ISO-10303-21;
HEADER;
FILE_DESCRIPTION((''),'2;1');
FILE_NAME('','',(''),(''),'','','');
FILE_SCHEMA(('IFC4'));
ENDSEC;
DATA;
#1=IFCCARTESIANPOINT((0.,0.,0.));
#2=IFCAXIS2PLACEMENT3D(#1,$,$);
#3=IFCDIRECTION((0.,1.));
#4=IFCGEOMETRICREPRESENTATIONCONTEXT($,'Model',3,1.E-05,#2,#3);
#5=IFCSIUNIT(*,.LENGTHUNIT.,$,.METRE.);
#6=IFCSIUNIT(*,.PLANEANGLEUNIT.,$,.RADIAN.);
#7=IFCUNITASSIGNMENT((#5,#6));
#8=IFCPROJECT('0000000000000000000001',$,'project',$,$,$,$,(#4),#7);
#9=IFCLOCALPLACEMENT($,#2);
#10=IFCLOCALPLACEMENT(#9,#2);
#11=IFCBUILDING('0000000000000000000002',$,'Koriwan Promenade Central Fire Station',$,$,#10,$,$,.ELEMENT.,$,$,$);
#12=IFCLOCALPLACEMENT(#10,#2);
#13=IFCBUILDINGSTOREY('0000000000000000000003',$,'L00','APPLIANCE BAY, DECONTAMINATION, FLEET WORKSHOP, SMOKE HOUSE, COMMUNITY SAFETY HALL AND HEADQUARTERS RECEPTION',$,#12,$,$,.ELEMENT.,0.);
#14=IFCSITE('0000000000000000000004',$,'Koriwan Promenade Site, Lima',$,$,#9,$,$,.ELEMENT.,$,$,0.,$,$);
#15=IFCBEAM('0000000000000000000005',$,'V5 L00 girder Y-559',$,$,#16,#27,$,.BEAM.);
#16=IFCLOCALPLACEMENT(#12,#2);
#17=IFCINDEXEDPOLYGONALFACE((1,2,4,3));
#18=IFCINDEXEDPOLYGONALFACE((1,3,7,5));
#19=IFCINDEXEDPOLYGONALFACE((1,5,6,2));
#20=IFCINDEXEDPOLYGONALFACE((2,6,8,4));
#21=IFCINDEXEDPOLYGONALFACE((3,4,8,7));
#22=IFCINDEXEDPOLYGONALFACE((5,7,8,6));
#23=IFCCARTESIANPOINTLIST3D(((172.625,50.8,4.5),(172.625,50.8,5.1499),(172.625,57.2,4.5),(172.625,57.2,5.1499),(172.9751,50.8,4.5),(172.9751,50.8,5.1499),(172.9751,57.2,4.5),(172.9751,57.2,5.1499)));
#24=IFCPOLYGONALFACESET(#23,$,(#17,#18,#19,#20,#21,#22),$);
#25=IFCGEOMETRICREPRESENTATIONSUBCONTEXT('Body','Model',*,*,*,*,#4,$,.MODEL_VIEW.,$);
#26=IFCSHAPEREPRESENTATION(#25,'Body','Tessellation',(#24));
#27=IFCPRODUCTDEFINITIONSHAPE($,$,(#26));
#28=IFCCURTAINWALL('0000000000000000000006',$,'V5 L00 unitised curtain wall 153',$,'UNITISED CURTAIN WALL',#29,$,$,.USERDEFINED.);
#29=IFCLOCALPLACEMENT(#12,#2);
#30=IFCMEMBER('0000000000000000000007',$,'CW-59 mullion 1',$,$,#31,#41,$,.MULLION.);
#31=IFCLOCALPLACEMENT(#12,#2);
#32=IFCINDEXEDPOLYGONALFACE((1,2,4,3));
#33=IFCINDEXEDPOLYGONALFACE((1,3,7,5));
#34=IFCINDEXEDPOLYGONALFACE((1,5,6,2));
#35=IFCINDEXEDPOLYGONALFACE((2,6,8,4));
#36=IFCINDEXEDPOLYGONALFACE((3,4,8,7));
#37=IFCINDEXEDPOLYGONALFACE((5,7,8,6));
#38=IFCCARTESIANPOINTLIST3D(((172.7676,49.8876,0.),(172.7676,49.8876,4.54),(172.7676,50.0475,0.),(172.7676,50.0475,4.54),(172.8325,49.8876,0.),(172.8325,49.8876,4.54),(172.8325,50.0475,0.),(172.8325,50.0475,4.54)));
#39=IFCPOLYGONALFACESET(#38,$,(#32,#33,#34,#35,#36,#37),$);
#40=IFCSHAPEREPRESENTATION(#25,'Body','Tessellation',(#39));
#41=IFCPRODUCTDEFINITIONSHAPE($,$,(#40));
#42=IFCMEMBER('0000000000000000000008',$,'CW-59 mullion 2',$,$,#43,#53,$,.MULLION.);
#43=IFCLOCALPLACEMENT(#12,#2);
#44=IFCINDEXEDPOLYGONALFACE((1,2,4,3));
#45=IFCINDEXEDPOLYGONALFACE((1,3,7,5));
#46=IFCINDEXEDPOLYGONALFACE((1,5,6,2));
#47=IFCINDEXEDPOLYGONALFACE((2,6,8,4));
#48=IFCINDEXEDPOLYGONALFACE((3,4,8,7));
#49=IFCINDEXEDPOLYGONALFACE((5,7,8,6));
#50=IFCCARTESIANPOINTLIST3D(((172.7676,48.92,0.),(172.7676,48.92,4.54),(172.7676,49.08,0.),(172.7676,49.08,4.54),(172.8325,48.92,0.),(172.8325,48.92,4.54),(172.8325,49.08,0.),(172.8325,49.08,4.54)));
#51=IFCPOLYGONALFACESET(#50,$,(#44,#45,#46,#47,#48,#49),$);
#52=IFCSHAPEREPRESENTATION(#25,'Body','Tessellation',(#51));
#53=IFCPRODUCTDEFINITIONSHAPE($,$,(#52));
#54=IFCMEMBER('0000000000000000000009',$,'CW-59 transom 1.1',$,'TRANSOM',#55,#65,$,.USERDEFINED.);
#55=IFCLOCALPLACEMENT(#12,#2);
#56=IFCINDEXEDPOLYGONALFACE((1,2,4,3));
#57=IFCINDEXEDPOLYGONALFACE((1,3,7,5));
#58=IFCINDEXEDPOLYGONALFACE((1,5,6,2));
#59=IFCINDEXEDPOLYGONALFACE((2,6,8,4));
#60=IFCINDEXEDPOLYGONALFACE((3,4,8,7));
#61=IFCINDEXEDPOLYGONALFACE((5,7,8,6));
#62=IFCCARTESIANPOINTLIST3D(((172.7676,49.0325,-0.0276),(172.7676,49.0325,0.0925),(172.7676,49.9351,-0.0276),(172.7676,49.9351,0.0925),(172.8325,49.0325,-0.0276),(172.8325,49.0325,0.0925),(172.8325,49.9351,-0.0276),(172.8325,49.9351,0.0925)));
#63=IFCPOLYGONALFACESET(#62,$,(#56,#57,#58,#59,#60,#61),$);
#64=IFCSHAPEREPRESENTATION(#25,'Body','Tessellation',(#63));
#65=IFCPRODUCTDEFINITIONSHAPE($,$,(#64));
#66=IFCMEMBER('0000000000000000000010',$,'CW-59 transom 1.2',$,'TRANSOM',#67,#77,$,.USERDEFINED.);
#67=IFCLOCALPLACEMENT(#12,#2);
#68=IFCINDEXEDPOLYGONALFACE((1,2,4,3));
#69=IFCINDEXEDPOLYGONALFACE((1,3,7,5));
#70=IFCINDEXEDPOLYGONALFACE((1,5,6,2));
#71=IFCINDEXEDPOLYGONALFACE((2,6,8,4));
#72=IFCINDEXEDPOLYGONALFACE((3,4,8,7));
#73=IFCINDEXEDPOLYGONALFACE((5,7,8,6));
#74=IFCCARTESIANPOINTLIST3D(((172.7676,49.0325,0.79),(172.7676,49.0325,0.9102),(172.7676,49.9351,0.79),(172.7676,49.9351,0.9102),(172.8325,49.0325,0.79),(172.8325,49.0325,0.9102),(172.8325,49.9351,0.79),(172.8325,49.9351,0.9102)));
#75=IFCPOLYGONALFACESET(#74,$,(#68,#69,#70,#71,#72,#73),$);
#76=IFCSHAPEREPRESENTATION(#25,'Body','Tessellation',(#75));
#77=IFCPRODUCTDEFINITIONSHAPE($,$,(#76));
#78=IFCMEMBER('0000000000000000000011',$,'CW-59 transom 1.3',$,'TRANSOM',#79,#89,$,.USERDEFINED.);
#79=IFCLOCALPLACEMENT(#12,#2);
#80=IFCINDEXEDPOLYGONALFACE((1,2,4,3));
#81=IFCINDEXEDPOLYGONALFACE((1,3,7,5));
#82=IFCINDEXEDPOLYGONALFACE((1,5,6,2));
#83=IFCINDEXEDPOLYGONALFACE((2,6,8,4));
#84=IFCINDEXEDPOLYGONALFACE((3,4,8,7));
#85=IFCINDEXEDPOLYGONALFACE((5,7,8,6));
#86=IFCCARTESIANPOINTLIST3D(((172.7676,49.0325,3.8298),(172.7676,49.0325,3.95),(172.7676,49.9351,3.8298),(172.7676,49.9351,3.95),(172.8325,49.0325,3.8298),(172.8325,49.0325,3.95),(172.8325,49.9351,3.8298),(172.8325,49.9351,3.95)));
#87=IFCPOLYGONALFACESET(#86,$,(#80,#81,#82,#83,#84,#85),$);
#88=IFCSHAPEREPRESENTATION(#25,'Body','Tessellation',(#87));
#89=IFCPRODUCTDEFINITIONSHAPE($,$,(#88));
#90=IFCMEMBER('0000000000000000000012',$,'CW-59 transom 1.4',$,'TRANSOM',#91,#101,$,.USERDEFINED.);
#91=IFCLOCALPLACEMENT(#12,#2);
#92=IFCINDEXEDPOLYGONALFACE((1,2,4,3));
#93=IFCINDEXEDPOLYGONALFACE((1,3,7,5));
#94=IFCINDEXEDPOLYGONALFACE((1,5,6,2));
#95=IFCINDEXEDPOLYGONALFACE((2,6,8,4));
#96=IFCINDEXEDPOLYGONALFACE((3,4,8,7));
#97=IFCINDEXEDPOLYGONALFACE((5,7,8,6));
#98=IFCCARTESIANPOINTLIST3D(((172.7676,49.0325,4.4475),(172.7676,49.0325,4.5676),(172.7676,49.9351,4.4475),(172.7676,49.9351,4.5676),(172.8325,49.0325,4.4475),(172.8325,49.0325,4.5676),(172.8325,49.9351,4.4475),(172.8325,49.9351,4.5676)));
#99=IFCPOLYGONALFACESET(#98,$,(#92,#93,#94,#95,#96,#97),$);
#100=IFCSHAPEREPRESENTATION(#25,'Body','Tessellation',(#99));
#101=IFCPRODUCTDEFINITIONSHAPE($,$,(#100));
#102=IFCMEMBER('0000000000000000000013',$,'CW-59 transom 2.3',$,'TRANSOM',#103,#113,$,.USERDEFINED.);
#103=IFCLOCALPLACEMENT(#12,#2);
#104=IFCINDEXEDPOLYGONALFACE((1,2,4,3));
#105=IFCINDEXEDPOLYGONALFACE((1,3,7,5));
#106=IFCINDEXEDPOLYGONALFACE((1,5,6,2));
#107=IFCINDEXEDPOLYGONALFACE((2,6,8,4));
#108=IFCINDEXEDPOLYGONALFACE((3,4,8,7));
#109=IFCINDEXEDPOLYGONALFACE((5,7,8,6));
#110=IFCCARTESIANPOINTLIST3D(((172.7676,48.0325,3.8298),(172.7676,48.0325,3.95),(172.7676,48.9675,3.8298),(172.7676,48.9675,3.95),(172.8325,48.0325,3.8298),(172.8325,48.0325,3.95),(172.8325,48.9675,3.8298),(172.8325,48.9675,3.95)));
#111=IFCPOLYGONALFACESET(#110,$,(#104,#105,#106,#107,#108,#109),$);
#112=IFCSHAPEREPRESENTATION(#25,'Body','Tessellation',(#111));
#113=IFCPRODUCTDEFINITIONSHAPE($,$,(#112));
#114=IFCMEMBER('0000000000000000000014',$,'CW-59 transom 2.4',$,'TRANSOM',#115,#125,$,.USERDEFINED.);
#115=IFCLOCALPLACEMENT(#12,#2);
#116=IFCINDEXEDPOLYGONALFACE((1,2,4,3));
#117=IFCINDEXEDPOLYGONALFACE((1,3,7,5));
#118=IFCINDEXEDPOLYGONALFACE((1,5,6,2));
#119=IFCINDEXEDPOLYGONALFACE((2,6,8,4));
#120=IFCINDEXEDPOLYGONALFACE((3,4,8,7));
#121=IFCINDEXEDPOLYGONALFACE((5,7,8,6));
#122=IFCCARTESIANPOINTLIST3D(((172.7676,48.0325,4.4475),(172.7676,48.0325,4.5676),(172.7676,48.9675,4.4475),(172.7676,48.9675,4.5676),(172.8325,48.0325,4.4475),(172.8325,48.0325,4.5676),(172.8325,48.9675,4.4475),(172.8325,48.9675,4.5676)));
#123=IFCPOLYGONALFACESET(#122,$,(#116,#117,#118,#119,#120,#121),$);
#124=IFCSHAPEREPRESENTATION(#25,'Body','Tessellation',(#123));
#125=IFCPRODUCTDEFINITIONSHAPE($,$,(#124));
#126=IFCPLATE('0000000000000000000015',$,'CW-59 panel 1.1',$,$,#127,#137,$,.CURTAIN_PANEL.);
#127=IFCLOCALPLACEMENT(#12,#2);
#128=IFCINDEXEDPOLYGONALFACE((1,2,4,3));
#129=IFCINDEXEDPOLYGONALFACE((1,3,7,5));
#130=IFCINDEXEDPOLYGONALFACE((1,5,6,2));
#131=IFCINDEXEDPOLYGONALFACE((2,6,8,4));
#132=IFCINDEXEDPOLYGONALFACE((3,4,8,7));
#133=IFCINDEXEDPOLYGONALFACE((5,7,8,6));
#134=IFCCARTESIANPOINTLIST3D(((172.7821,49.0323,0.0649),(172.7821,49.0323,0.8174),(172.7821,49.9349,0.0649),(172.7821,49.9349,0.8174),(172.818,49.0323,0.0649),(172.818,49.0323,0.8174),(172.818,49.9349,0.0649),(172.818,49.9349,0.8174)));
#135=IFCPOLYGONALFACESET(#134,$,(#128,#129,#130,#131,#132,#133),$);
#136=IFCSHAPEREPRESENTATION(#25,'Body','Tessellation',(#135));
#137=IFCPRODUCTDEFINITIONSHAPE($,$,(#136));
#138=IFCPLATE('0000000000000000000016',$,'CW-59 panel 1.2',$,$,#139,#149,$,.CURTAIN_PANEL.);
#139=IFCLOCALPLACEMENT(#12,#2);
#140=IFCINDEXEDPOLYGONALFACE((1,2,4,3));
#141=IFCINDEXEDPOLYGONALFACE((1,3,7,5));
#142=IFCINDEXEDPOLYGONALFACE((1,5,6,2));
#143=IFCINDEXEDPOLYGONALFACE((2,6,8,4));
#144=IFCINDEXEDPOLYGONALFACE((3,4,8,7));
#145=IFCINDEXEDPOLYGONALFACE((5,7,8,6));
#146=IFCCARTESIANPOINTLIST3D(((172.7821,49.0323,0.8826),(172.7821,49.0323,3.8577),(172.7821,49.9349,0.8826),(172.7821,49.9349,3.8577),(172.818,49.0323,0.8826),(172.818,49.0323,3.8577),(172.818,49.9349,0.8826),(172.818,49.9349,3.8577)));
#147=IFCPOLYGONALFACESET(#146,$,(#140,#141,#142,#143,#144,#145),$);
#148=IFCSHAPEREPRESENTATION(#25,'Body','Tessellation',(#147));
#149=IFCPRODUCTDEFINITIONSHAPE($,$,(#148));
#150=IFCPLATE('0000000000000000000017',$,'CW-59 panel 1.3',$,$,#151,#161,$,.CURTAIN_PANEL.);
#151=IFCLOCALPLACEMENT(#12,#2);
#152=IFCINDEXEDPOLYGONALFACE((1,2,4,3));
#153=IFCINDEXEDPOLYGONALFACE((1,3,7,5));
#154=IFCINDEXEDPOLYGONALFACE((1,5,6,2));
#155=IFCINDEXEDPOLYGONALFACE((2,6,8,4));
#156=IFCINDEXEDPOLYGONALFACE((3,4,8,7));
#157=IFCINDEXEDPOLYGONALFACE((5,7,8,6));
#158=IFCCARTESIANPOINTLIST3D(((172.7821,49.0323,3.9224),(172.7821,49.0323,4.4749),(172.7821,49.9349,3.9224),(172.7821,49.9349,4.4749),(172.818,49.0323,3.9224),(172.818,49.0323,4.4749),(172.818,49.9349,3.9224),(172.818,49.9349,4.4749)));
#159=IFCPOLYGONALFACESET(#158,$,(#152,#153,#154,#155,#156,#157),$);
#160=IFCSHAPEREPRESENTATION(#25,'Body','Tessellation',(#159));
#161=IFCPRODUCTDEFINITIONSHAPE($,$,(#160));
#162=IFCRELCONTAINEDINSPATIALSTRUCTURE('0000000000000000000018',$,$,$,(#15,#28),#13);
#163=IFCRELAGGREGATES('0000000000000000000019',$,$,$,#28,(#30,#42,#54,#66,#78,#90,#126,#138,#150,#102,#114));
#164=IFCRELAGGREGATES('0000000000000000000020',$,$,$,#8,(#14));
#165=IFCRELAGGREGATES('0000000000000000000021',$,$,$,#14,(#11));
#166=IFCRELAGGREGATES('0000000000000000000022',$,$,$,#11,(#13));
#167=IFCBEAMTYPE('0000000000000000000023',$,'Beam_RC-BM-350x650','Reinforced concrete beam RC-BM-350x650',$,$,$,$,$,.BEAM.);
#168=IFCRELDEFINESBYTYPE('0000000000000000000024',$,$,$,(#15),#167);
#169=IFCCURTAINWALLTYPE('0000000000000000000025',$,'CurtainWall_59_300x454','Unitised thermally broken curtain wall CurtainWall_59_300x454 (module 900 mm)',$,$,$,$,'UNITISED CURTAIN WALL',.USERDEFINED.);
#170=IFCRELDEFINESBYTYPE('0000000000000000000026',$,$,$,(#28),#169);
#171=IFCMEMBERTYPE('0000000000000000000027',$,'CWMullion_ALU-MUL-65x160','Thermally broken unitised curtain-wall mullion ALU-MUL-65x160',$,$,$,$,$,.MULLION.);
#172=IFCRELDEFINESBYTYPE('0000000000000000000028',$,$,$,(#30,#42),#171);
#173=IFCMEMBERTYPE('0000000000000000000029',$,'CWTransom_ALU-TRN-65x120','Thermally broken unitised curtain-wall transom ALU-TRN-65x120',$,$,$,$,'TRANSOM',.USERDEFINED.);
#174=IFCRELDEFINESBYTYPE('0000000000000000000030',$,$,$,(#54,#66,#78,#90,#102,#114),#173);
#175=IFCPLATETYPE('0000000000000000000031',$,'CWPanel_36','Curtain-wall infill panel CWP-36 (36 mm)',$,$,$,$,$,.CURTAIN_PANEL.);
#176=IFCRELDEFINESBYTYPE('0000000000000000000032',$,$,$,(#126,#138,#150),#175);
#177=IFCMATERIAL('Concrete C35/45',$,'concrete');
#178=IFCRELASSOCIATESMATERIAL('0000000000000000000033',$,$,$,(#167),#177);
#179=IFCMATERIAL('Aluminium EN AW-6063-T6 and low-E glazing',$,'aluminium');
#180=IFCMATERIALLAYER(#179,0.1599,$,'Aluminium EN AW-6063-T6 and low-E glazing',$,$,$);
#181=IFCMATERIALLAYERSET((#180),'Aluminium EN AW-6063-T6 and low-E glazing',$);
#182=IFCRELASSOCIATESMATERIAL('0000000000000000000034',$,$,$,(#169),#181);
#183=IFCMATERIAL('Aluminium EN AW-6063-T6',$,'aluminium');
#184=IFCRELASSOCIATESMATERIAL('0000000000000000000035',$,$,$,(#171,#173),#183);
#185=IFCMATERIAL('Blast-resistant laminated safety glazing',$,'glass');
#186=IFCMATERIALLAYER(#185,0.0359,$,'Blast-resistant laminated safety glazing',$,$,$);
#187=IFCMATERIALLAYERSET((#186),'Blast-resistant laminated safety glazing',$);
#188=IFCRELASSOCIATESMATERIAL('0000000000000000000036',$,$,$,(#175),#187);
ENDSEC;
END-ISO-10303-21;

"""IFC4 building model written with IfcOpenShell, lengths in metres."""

from ifc_helpers import new_model, si_unit, direction, frame, origin, origin_2d, place, context, subcontext, project, spatial, rectangle, extrude, material, layer, layer_set, material_profile, profile_set, type_object, element, aggregate, save


model = new_model("IFC4")

# Units and contexts
model_context = context("Model", 3, precision=1e-05, world=origin(), true_north=direction((0.0, 1.0)))
body_context = subcontext(model_context, "Body", "Model", "MODEL_VIEW")
ifc_project = project(units=[si_unit("LENGTHUNIT", "METRE"), si_unit("PLANEANGLEUNIT", "RADIAN")], contexts=[model_context])

# Site, building, storey
site_placement = place(None, origin())
site = spatial("IfcSite", under=ifc_project, at=site_placement, Name="Koriwan Promenade Site, Lima", CompositionType="ELEMENT", RefElevation=0.0)
building_placement = place(site_placement, origin())
building = spatial("IfcBuilding", under=site, at=building_placement, Name="Koriwan Promenade Central Fire Station", CompositionType="ELEMENT")
storey_placement = place(building_placement, origin())
storey = spatial("IfcBuildingStorey", under=building, at=storey_placement, Name="L00", Description="APPLIANCE BAY, DECONTAMINATION, FLEET WORKSHOP, SMOKE HOUSE, COMMUNITY SAFETY HALL AND HEADQUARTERS RECEPTION", CompositionType="ELEMENT", Elevation=0.0)

# Shared definitions
ifc_material_1 = material(Name="Concrete C35/45", Category="concrete")

# Beam
ifc_material_profile_1 = material_profile(ifc_material_1, rectangle(XDim=0.3501, YDim=0.6499, at=origin_2d()), Name="RC-BM-350x650")
ifc_profile_set_1 = profile_set([ifc_material_profile_1], Name="Concrete C35/45")
beam_type_1 = type_object("IfcBeamType", Name="Beam_RC-BM-350x650", Description="Reinforced concrete beam RC-BM-350x650", PredefinedType="BEAM", material=ifc_profile_set_1)
beam_1_placement = place(storey_placement, frame((172.8, 50.8, 4.825), z_axis=(0.0, 1.0, 0.0), x_axis=(-1.0, 0.0, 0.0)))
element("IfcBeam", 1, at=beam_1_placement, inside=storey, type_object=beam_type_1, Name="V5 L00 girder Y-559", PredefinedType="BEAM", context=body_context, shape_type="SweptSolid", body=[
    extrude(rectangle(XDim=0.3501, YDim=0.6499, at=origin_2d()), origin(), (0.0, 0.0, 1.0), 6.3999),
])

# Curtain wall, members, plates
ifc_material_2 = material(Name="Aluminium EN AW-6063-T6 and low-E glazing", Category="aluminium")
ifc_layer_1 = layer(ifc_material_2, 0.1599, Name="Aluminium EN AW-6063-T6 and low-E glazing")
ifc_layer_set_1 = layer_set([ifc_layer_1], Name="Aluminium EN AW-6063-T6 and low-E glazing")
curtain_wall_type = type_object("IfcCurtainWallType", Name="CurtainWall_59_300x454", Description="Unitised thermally broken curtain wall CurtainWall_59_300x454 (module 900 mm)", ElementType="UNITISED CURTAIN WALL", PredefinedType="USERDEFINED", material=ifc_layer_set_1)
curtain_wall_placement = place(storey_placement, origin())
curtain_wall = element("IfcCurtainWall", 2, at=curtain_wall_placement, inside=storey, type_object=curtain_wall_type, Name="V5 L00 unitised curtain wall 153", ObjectType="UNITISED CURTAIN WALL", PredefinedType="USERDEFINED")
ifc_material_3 = material(Name="Aluminium EN AW-6063-T6", Category="aluminium")
ifc_material_profile_2 = material_profile(ifc_material_3, rectangle(XDim=0.0649, YDim=0.1599, at=origin_2d()), Name="ALU-MUL-65x160")
ifc_profile_set_2 = profile_set([ifc_material_profile_2], Name="Aluminium EN AW-6063-T6")
member_type_1 = type_object("IfcMemberType", Name="CWMullion_ALU-MUL-65x160", Description="Thermally broken unitised curtain-wall mullion ALU-MUL-65x160", PredefinedType="MULLION", material=ifc_profile_set_2)
member_1_placement = place(storey_placement, frame((172.8, 49.9675, 0.0), z_axis=(0.0, 0.0, 1.0), x_axis=(1.0, 0.0, 0.0)))
member_1 = element("IfcMember", 3, at=member_1_placement, type_object=member_type_1, Name="CW-59 mullion 1", PredefinedType="MULLION", context=body_context, shape_type="SweptSolid", body=[
    extrude(rectangle(XDim=0.0649, YDim=0.1599, at=origin_2d()), origin(), (0.0, 0.0, 1.0), 4.54),
])
member_2_placement = place(storey_placement, frame((172.8, 49.0, 0.0), z_axis=(0.0, 0.0, 1.0), x_axis=(1.0, 0.0, 0.0)))
member_2 = element("IfcMember", 4, at=member_2_placement, type_object=member_type_1, Name="CW-59 mullion 2", PredefinedType="MULLION", context=body_context, shape_type="SweptSolid", body=[
    extrude(rectangle(XDim=0.0649, YDim=0.1599, at=origin_2d()), origin(), (0.0, 0.0, 1.0), 4.54),
])
ifc_material_profile_3 = material_profile(ifc_material_3, rectangle(XDim=0.0649, YDim=0.1201, at=origin_2d()), Name="ALU-TRN-65x120")
ifc_profile_set_3 = profile_set([ifc_material_profile_3], Name="Aluminium EN AW-6063-T6")
member_type_2 = type_object("IfcMemberType", Name="CWTransom_ALU-TRN-65x120", Description="Thermally broken unitised curtain-wall transom ALU-TRN-65x120", ElementType="TRANSOM", PredefinedType="USERDEFINED", material=ifc_profile_set_3)
member_3_placement = place(storey_placement, frame((172.8, 49.9351, 0.0325), z_axis=(0.0, -1.0, 0.0), x_axis=(1.0, 0.0, 0.0)))
member_3 = element("IfcMember", 5, at=member_3_placement, type_object=member_type_2, Name="CW-59 transom 1.1", ObjectType="TRANSOM", PredefinedType="USERDEFINED", context=body_context, shape_type="SweptSolid", body=[
    extrude(rectangle(XDim=0.0649, YDim=0.1201, at=origin_2d()), origin(), (0.0, 0.0, 1.0), 0.9026),
])
member_4_placement = place(storey_placement, frame((172.8, 49.9351, 0.8501), z_axis=(0.0, -1.0, 0.0), x_axis=(1.0, 0.0, 0.0)))
member_4 = element("IfcMember", 6, at=member_4_placement, type_object=member_type_2, Name="CW-59 transom 1.2", ObjectType="TRANSOM", PredefinedType="USERDEFINED", context=body_context, shape_type="SweptSolid", body=[
    extrude(rectangle(XDim=0.0649, YDim=0.1201, at=origin_2d()), origin(), (0.0, 0.0, 1.0), 0.9026),
])
member_5_placement = place(storey_placement, frame((172.8, 49.9351, 3.8899), z_axis=(0.0, -1.0, 0.0), x_axis=(1.0, 0.0, 0.0)))
member_5 = element("IfcMember", 7, at=member_5_placement, type_object=member_type_2, Name="CW-59 transom 1.3", ObjectType="TRANSOM", PredefinedType="USERDEFINED", context=body_context, shape_type="SweptSolid", body=[
    extrude(rectangle(XDim=0.0649, YDim=0.1201, at=origin_2d()), origin(), (0.0, 0.0, 1.0), 0.9026),
])
member_6_placement = place(storey_placement, frame((172.8, 49.9351, 4.5076), z_axis=(0.0, -1.0, 0.0), x_axis=(1.0, 0.0, 0.0)))
member_6 = element("IfcMember", 8, at=member_6_placement, type_object=member_type_2, Name="CW-59 transom 1.4", ObjectType="TRANSOM", PredefinedType="USERDEFINED", context=body_context, shape_type="SweptSolid", body=[
    extrude(rectangle(XDim=0.0649, YDim=0.1201, at=origin_2d()), origin(), (0.0, 0.0, 1.0), 0.9026),
])
member_7_placement = place(storey_placement, frame((172.8, 48.9675, 3.8899), z_axis=(0.0, -1.0, 0.0), x_axis=(1.0, 0.0, 0.0)))
member_7 = element("IfcMember", 9, at=member_7_placement, type_object=member_type_2, Name="CW-59 transom 2.3", ObjectType="TRANSOM", PredefinedType="USERDEFINED", context=body_context, shape_type="SweptSolid", body=[
    extrude(rectangle(XDim=0.0649, YDim=0.1201, at=origin_2d()), origin(), (0.0, 0.0, 1.0), 0.9351),
])
member_8_placement = place(storey_placement, frame((172.8, 48.9675, 4.5076), z_axis=(0.0, -1.0, 0.0), x_axis=(1.0, 0.0, 0.0)))
member_8 = element("IfcMember", 10, at=member_8_placement, type_object=member_type_2, Name="CW-59 transom 2.4", ObjectType="TRANSOM", PredefinedType="USERDEFINED", context=body_context, shape_type="SweptSolid", body=[
    extrude(rectangle(XDim=0.0649, YDim=0.1201, at=origin_2d()), origin(), (0.0, 0.0, 1.0), 0.9351),
])
ifc_material_4 = material(Name="Blast-resistant laminated safety glazing", Category="glass")
ifc_layer_2 = layer(ifc_material_4, 0.0359, Name="Blast-resistant laminated safety glazing")
ifc_layer_set_2 = layer_set([ifc_layer_2], Name="Blast-resistant laminated safety glazing")
plate_type = type_object("IfcPlateType", Name="CWPanel_36", Description="Curtain-wall infill panel CWP-36 (36 mm)", PredefinedType="CURTAIN_PANEL", material=ifc_layer_set_2)
plate_1_placement = place(storey_placement, frame((172.8, 49.4836, 0.0649), z_axis=(0.0, 0.0, 1.0), x_axis=(0.0, -1.0, 0.0)))
plate_1 = element("IfcPlate", 11, at=plate_1_placement, type_object=plate_type, Name="CW-59 panel 1.1", PredefinedType="CURTAIN_PANEL", context=body_context, shape_type="SweptSolid", body=[
    extrude(rectangle(XDim=0.9026, YDim=0.0359, at=origin_2d()), origin(), (0.0, 0.0, 1.0), 0.7524),
])
plate_2_placement = place(storey_placement, frame((172.8, 49.4836, 0.8826), z_axis=(0.0, 0.0, 1.0), x_axis=(0.0, -1.0, 0.0)))
plate_2 = element("IfcPlate", 12, at=plate_2_placement, type_object=plate_type, Name="CW-59 panel 1.2", PredefinedType="CURTAIN_PANEL", context=body_context, shape_type="SweptSolid", body=[
    extrude(rectangle(XDim=0.9026, YDim=0.0359, at=origin_2d()), origin(), (0.0, 0.0, 1.0), 2.9751),
])
plate_3_placement = place(storey_placement, frame((172.8, 49.4836, 3.9224), z_axis=(0.0, 0.0, 1.0), x_axis=(0.0, -1.0, 0.0)))
plate_3 = element("IfcPlate", 13, at=plate_3_placement, type_object=plate_type, Name="CW-59 panel 1.3", PredefinedType="CURTAIN_PANEL", context=body_context, shape_type="SweptSolid", body=[
    extrude(rectangle(XDim=0.9026, YDim=0.0359, at=origin_2d()), origin(), (0.0, 0.0, 1.0), 0.5525),
])
aggregate(curtain_wall, [member_1, member_2, member_3, member_4, member_5, member_6, plate_1, plate_2, plate_3, member_7, member_8])

save(model, "model.ifc")
